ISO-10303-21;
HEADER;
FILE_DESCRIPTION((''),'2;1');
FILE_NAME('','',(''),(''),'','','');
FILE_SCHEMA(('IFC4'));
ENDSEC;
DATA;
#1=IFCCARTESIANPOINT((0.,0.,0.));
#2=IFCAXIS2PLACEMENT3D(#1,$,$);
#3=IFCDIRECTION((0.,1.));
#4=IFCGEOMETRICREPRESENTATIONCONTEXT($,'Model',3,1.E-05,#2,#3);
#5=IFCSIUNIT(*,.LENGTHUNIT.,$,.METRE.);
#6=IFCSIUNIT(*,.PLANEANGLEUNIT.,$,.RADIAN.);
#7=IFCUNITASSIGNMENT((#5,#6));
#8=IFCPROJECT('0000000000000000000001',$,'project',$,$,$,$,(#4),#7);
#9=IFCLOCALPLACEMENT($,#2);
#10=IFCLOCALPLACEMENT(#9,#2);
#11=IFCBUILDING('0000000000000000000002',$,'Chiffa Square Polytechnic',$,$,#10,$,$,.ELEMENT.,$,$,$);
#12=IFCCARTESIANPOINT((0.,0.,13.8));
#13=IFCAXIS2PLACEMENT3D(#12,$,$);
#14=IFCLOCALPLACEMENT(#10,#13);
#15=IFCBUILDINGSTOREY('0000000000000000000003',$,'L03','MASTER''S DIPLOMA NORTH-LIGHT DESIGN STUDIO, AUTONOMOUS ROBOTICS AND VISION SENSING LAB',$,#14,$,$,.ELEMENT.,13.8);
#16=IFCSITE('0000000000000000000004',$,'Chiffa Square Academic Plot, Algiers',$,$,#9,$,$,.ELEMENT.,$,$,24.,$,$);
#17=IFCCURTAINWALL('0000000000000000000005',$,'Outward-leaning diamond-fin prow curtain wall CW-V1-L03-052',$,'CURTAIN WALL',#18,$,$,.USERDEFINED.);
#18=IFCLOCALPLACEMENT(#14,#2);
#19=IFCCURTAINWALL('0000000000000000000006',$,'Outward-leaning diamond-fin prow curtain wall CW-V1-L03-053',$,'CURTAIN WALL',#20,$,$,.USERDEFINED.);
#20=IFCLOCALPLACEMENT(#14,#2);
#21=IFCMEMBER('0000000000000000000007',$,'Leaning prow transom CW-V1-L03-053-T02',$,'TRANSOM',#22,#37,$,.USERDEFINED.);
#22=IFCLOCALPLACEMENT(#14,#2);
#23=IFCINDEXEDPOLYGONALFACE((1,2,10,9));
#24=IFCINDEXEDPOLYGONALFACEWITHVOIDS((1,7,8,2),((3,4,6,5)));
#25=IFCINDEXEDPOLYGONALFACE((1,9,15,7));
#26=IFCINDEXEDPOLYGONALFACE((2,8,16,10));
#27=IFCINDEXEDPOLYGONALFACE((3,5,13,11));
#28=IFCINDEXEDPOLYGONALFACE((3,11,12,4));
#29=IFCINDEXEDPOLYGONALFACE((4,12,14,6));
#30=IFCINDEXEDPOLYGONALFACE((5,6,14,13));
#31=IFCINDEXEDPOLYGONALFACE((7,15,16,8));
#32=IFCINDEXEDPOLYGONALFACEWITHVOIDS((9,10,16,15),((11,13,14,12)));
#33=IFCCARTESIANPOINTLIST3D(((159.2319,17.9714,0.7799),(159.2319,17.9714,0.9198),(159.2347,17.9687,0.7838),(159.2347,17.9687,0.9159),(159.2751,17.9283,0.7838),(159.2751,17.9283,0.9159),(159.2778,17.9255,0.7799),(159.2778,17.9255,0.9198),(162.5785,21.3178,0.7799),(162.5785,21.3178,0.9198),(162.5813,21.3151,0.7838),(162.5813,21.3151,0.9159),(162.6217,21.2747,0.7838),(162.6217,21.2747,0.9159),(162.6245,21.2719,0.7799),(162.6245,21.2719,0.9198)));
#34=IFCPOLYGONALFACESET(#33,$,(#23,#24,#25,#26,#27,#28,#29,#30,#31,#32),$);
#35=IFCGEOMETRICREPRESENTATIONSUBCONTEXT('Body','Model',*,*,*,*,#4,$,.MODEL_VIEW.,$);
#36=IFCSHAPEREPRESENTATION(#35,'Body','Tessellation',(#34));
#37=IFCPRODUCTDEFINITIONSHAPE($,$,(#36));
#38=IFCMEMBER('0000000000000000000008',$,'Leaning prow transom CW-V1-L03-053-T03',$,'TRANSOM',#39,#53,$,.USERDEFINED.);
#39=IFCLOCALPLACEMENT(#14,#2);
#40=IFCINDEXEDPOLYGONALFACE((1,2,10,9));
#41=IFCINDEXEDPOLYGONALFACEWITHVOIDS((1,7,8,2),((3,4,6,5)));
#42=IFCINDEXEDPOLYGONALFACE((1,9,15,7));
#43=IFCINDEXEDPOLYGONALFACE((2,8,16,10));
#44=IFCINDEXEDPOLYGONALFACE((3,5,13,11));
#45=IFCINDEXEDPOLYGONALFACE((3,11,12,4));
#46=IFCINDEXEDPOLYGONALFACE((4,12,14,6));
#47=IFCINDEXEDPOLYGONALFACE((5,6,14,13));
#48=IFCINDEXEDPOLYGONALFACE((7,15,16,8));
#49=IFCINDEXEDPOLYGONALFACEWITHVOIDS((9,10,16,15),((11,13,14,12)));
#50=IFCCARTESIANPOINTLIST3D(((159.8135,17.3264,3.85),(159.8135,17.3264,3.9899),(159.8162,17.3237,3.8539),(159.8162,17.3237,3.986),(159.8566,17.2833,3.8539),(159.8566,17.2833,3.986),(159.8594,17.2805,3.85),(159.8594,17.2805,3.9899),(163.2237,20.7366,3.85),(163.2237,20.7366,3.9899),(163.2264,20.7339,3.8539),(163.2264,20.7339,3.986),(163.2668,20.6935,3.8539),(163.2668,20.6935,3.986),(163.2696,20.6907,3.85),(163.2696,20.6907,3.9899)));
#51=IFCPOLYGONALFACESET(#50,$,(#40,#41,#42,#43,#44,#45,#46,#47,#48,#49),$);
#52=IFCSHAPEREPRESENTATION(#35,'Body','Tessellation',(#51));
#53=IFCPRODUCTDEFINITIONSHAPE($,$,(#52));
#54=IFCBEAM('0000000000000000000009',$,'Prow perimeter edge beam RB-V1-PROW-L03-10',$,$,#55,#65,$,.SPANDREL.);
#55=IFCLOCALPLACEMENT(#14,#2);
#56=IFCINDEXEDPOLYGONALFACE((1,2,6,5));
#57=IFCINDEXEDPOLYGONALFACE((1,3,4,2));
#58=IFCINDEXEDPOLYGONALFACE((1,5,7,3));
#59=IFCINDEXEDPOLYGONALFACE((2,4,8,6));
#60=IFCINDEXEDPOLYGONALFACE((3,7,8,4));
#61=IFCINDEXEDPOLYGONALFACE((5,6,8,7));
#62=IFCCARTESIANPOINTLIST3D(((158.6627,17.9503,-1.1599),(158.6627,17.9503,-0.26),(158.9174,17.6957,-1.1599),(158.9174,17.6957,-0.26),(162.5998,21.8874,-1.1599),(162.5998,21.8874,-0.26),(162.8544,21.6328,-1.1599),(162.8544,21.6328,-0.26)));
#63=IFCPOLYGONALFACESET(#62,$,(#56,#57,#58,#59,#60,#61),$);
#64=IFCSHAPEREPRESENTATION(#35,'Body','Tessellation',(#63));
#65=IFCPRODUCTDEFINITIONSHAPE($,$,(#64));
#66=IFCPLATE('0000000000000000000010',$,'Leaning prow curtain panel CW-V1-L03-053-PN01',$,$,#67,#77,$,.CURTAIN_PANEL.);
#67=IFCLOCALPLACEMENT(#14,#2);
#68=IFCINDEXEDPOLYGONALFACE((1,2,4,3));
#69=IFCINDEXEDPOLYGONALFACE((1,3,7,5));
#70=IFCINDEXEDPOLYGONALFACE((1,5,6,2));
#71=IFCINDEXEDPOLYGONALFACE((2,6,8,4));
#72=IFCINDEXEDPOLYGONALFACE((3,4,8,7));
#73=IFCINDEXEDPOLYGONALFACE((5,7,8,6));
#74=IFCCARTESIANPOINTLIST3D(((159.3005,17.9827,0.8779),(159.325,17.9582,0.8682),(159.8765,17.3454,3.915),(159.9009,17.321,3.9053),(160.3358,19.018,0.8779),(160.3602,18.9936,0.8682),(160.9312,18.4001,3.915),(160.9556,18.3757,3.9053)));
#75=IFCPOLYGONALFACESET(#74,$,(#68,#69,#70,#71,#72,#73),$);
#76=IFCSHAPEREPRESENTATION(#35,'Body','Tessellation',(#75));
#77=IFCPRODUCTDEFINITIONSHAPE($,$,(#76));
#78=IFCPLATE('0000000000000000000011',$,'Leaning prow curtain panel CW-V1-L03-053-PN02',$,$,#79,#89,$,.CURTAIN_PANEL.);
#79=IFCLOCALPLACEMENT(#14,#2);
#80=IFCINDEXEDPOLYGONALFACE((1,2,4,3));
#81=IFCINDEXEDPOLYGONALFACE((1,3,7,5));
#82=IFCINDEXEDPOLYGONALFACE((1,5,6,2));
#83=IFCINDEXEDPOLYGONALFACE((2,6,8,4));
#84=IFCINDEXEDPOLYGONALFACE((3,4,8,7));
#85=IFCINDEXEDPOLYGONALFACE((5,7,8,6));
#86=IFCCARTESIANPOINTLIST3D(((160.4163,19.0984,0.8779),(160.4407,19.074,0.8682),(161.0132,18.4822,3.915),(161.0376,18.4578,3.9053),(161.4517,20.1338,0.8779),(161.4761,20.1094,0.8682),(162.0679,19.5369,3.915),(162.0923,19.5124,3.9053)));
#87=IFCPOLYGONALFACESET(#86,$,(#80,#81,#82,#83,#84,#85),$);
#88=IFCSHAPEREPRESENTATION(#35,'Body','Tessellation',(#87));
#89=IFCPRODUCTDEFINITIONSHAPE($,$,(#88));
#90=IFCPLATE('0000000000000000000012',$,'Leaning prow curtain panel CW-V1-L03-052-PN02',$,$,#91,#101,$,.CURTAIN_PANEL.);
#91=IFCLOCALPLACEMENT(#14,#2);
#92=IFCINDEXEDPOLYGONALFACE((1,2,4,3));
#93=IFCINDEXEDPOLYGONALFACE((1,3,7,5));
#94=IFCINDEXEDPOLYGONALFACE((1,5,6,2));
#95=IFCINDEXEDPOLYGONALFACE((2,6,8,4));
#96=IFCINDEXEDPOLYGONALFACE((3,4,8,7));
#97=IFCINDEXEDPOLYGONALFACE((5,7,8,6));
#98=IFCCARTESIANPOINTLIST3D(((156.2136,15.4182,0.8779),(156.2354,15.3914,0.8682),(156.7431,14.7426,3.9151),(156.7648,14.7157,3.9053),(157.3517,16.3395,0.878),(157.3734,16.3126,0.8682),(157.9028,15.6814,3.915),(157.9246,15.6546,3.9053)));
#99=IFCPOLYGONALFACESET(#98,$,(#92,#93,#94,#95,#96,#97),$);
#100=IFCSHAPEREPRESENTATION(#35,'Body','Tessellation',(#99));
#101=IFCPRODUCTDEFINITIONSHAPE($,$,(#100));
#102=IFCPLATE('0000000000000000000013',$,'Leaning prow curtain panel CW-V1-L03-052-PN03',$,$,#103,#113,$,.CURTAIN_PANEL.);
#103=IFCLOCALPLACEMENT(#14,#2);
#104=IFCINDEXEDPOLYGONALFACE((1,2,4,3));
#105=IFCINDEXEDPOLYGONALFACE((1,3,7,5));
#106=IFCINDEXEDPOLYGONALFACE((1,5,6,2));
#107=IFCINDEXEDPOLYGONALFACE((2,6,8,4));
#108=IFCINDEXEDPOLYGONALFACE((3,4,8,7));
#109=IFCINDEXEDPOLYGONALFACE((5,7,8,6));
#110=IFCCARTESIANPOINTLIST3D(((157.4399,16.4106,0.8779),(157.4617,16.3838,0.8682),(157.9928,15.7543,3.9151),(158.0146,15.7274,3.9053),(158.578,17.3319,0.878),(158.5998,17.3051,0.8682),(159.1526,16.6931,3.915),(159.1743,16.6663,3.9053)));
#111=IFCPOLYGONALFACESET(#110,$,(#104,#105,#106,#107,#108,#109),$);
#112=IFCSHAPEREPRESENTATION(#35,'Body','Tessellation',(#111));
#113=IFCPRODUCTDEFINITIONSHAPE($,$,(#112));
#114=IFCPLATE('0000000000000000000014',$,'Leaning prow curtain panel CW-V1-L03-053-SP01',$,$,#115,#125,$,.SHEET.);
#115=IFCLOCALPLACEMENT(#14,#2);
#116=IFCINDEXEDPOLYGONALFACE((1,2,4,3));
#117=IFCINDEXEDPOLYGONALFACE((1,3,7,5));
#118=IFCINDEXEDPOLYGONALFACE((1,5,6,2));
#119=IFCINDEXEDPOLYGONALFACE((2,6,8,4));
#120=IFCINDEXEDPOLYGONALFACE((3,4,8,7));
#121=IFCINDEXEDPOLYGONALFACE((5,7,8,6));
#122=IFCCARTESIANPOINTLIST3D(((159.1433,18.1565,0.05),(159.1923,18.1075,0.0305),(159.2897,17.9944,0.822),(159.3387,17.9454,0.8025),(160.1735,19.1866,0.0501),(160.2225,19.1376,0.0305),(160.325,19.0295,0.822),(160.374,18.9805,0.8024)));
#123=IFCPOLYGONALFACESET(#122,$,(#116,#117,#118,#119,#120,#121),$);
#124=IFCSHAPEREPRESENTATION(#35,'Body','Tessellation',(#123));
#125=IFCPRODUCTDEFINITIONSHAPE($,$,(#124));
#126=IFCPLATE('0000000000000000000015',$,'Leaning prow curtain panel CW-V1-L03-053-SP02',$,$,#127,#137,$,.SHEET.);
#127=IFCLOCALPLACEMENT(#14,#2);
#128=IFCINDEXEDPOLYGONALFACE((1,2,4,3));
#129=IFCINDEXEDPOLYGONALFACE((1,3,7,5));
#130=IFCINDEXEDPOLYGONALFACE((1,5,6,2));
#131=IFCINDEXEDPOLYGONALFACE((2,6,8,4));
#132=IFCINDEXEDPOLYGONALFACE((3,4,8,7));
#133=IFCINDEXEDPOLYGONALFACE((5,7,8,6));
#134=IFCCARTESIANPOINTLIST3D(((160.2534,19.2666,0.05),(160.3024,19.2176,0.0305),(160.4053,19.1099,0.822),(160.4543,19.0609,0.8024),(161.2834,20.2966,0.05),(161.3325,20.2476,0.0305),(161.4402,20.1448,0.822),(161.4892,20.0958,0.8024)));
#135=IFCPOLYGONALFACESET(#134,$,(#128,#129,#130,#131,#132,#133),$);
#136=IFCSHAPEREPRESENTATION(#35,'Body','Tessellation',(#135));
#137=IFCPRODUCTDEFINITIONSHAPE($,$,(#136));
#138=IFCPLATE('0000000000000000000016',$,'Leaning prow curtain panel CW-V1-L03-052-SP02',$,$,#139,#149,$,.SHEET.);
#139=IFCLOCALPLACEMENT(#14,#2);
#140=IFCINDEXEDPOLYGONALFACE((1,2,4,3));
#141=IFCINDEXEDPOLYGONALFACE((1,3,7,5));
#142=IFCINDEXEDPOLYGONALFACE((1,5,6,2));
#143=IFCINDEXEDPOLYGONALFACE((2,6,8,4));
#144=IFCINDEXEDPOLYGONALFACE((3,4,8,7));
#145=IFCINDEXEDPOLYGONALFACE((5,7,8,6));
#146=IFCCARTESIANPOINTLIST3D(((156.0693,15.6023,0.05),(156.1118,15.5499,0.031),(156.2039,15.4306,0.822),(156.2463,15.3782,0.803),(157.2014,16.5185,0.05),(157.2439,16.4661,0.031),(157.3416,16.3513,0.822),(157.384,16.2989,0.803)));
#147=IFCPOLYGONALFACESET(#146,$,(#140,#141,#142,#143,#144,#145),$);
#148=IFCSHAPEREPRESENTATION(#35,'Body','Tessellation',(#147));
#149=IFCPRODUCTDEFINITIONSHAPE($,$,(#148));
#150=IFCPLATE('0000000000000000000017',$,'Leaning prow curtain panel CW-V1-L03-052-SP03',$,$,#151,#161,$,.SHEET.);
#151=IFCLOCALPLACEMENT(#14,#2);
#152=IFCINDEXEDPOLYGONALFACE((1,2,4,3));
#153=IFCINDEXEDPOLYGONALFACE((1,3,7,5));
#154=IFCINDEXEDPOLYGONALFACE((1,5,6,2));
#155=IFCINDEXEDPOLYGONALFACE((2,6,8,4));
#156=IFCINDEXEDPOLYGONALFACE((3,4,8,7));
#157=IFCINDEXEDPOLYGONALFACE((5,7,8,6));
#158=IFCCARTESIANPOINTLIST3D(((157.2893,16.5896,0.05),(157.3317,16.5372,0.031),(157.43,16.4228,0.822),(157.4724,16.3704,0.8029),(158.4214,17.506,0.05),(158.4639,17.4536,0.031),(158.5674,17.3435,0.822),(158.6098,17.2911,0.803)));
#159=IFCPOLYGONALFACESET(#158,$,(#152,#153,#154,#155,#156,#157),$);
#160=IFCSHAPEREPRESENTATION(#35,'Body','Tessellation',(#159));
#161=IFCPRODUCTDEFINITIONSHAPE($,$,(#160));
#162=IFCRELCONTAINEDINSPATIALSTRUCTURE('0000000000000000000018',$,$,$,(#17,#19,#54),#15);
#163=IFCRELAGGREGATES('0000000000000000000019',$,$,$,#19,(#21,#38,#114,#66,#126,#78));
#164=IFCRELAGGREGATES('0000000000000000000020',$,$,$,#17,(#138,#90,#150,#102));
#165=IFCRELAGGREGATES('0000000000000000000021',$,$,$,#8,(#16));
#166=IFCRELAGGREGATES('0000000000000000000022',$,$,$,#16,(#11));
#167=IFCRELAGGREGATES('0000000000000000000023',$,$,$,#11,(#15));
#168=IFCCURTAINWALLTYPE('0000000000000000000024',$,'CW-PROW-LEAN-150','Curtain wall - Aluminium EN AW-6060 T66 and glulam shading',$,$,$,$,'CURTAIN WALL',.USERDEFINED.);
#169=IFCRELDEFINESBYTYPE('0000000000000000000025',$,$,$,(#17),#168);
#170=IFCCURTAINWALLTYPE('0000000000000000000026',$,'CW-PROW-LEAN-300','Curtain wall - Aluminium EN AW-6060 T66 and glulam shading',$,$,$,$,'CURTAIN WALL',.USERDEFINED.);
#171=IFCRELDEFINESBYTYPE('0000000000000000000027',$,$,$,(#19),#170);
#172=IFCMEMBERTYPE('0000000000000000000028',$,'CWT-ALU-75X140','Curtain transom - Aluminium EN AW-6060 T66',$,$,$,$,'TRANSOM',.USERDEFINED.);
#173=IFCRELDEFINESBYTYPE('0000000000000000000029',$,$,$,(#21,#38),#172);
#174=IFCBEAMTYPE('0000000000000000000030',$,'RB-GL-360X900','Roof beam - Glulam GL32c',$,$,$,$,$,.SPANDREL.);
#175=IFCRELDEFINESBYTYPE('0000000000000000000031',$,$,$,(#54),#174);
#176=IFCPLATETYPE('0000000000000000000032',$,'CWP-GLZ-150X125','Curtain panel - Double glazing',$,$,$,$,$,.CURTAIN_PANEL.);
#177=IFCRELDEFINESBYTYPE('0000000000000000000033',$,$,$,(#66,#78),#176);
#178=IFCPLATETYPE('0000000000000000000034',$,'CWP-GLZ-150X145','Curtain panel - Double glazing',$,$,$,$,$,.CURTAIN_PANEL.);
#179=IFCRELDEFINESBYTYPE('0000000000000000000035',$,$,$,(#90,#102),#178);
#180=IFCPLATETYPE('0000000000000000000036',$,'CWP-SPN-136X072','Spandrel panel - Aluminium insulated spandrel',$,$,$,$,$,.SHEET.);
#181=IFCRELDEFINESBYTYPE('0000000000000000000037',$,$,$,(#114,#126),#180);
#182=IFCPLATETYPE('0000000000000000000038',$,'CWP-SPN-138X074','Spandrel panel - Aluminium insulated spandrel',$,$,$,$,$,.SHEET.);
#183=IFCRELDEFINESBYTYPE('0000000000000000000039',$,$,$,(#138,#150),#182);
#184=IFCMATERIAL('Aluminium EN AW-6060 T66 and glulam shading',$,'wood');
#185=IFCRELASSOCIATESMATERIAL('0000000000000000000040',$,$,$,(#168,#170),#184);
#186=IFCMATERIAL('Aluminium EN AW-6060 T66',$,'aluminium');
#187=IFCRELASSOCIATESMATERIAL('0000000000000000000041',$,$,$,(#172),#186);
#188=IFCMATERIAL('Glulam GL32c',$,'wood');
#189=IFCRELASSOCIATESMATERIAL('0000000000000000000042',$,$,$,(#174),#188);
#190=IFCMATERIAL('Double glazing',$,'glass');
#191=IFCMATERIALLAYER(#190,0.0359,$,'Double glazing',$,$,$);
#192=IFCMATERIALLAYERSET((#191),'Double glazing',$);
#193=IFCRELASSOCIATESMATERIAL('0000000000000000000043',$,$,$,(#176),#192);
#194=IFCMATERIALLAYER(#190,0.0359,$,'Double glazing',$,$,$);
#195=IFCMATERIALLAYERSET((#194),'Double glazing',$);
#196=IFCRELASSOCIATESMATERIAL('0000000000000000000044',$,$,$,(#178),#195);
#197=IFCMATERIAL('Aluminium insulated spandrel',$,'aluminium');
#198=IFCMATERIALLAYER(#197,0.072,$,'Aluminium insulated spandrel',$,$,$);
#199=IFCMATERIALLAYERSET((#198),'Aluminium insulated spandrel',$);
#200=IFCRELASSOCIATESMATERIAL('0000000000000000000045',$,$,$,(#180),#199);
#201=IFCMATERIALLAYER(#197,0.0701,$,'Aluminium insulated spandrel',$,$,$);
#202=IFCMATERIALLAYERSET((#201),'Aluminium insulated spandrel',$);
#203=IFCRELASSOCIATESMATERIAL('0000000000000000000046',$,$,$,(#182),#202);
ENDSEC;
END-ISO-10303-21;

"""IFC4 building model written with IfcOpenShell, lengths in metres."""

from ifc_helpers import new_model, si_unit, direction, frame, origin, origin_2d, place, context, subcontext, project, spatial, polyline, rectangle, hollow_rectangle, outline, extrude, material, layer, layer_set, material_profile, profile_set, type_object, element, aggregate, save


model = new_model("IFC4")

# Units and contexts
model_context = context("Model", 3, precision=1e-05, world=origin(), true_north=direction((0.0, 1.0)))
body_context = subcontext(model_context, "Body", "Model", "MODEL_VIEW")
ifc_project = project(units=[si_unit("LENGTHUNIT", "METRE"), si_unit("PLANEANGLEUNIT", "RADIAN")], contexts=[model_context])

# Site, building, storey
site_placement = place(None, origin())
site = spatial("IfcSite", under=ifc_project, at=site_placement, Name="Chiffa Square Academic Plot, Algiers", CompositionType="ELEMENT", RefElevation=24.0)
building_placement = place(site_placement, origin())
building = spatial("IfcBuilding", under=site, at=building_placement, Name="Chiffa Square Polytechnic", CompositionType="ELEMENT")
storey_placement = place(building_placement, frame((0.0, 0.0, 13.8)))
storey = spatial("IfcBuildingStorey", under=building, at=storey_placement, Name="L03", Description="MASTER'S DIPLOMA NORTH-LIGHT DESIGN STUDIO, AUTONOMOUS ROBOTICS AND VISION SENSING LAB", CompositionType="ELEMENT", Elevation=13.8)

# Shared definitions
ifc_material_1 = material(Name="Glulam GL32c", Category="wood")

# Curtain walls
ifc_material_2 = material(Name="Aluminium EN AW-6060 T66 and glulam shading", Category="wood")
curtain_wall_type_1 = type_object("IfcCurtainWallType", Name="CW-PROW-LEAN-150", Description="Curtain wall - Aluminium EN AW-6060 T66 and glulam shading", ElementType="CURTAIN WALL", PredefinedType="USERDEFINED", material=ifc_material_2)
curtain_wall_1_placement = place(storey_placement, origin())
curtain_wall_1 = element("IfcCurtainWall", 1, at=curtain_wall_1_placement, inside=storey, type_object=curtain_wall_type_1, Name="Outward-leaning diamond-fin prow curtain wall CW-V1-L03-052", ObjectType="CURTAIN WALL", PredefinedType="USERDEFINED")
ifc_material_3 = material(Name="Aluminium EN AW-6060 T66", Category="aluminium")
curtain_wall_type_2 = type_object("IfcCurtainWallType", Name="CW-PROW-LEAN-300", Description="Curtain wall - Aluminium EN AW-6060 T66 and glulam shading", ElementType="CURTAIN WALL", PredefinedType="USERDEFINED", material=ifc_material_2)
curtain_wall_2_placement = place(storey_placement, origin())
curtain_wall_2 = element("IfcCurtainWall", 2, at=curtain_wall_2_placement, inside=storey, type_object=curtain_wall_type_2, Name="Outward-leaning diamond-fin prow curtain wall CW-V1-L03-053", ObjectType="CURTAIN WALL", PredefinedType="USERDEFINED")

# Members
ifc_material_profile_1 = material_profile(ifc_material_3, hollow_rectangle(XDim=0.0649, YDim=0.1399, WallThickness=0.0039, at=origin_2d()), Name="ALU 65x140x4")
ifc_profile_set_1 = profile_set([ifc_material_profile_1], Name="Aluminium EN AW-6060 T66")
member_type_1 = type_object("IfcMemberType", Name="CWT-ALU-75X140", Description="Curtain transom - Aluminium EN AW-6060 T66", ElementType="TRANSOM", PredefinedType="USERDEFINED", material=ifc_profile_set_1)
member_1_placement = place(storey_placement, frame((159.2549, 17.9485, 0.8499), z_axis=(0.707133, 0.707081, 0.0), x_axis=(-0.707081, 0.707133, 0.0)))
member_1 = element("IfcMember", 3, at=member_1_placement, type_object=member_type_1, Name="Leaning prow transom CW-V1-L03-053-T02", ObjectType="TRANSOM", PredefinedType="USERDEFINED", context=body_context, shape_type="SweptSolid", body=[
    extrude(hollow_rectangle(XDim=0.0649, YDim=0.1399, WallThickness=0.0039, at=origin_2d()), origin(), (0.0, 0.0, 1.0), 4.7327),
])
member_2_placement = place(storey_placement, frame((159.8364, 17.3035, 3.9199), z_axis=(0.707107, 0.707107, 0.0), x_axis=(-0.707107, 0.707107, 0.0)))
member_2 = element("IfcMember", 4, at=member_2_placement, type_object=member_type_1, Name="Leaning prow transom CW-V1-L03-053-T03", ObjectType="TRANSOM", PredefinedType="USERDEFINED", context=body_context, shape_type="SweptSolid", body=[
    extrude(hollow_rectangle(XDim=0.0649, YDim=0.1399, WallThickness=0.0039, at=origin_2d()), origin(), (0.0, 0.0, 1.0), 4.8228),
])

# Beam
ifc_material_profile_2 = material_profile(ifc_material_1, rectangle(XDim=0.3601, YDim=0.8999, at=origin_2d()), Name="GL32c 360x900")
ifc_profile_set_2 = profile_set([ifc_material_profile_2], Name="Glulam GL32c")
beam_type = type_object("IfcBeamType", Name="RB-GL-360X900", Description="Roof beam - Glulam GL32c", PredefinedType="SPANDREL", material=ifc_profile_set_2)
beam_placement = place(storey_placement, frame((158.79, 17.823, -0.71), z_axis=(0.707107, 0.707107, 0.0), x_axis=(-0.707107, 0.707107, 0.0)))
element("IfcBeam", 5, at=beam_placement, inside=storey, type_object=beam_type, Name="Prow perimeter edge beam RB-V1-PROW-L03-10", PredefinedType="SPANDREL", context=body_context, shape_type="SweptSolid", body=[
    extrude(rectangle(XDim=0.3601, YDim=0.8999, at=origin_2d()), origin(), (0.0, 0.0, 1.0), 5.5679),
])

# Plates
ifc_material_4 = material(Name="Double glazing", Category="glass")
ifc_layer_1 = layer(ifc_material_4, 0.0359, Name="Double glazing")
ifc_layer_set_1 = layer_set([ifc_layer_1], Name="Double glazing")
plate_type_1 = type_object("IfcPlateType", Name="CWP-GLZ-150X125", Description="Curtain panel - Double glazing", PredefinedType="CURTAIN_PANEL", material=ifc_layer_set_1)
plate_1_placement = place(storey_placement, frame((159.3005, 17.9827, 0.8779), z_axis=(-0.680519, 0.68044, 0.271836), x_axis=(0.707062, 0.707151, -0.000016)))
plate_1 = element("IfcPlate", 6, at=plate_1_placement, type_object=plate_type_1, Name="Leaning prow curtain panel CW-V1-L03-053-PN01", PredefinedType="CURTAIN_PANEL", context=body_context, shape_type="SweptSolid", body=[
    extrude(outline(polyline([(0.0, 0.0), (1.4641, 0.0), (1.4481, -3.156), (-0.0434, -3.1559), (0.0, 0.0)])), origin(), (0.0, 0.0, -1.0), 0.0359),
])
plate_2_placement = place(storey_placement, frame((160.4163, 19.0984, 0.8779), z_axis=(-0.680485, 0.680485, 0.271811), x_axis=(0.707107, 0.707107, 0.0)))
plate_2 = element("IfcPlate", 7, at=plate_2_placement, type_object=plate_type_1, Name="Leaning prow curtain panel CW-V1-L03-053-PN02", PredefinedType="CURTAIN_PANEL", context=body_context, shape_type="SweptSolid", body=[
    extrude(outline(polyline([(0.0, 0.0), (1.4643, 0.0), (1.4779, -3.1559), (-0.0136, -3.1559), (0.0, 0.0)])), origin(), (0.0, 0.0, -1.0), 0.0359),
])
ifc_layer_2 = layer(ifc_material_4, 0.0359, Name="Double glazing")
ifc_layer_set_2 = layer_set([ifc_layer_2], Name="Double glazing")
plate_type_2 = type_object("IfcPlateType", Name="CWP-GLZ-150X145", Description="Curtain panel - Double glazing", PredefinedType="CURTAIN_PANEL", material=ifc_layer_set_2)
plate_3_placement = place(storey_placement, frame((156.2136, 15.4182, 0.8779), z_axis=(-0.605474, 0.747962, 0.271943), x_axis=(0.77726, 0.62918, 0.00003)))
plate_3 = element("IfcPlate", 8, at=plate_3_placement, type_object=plate_type_2, Name="Leaning prow curtain panel CW-V1-L03-052-PN02", PredefinedType="CURTAIN_PANEL", context=body_context, shape_type="SweptSolid", body=[
    extrude(outline(polyline([(0.0, 0.0), (1.4642, 0.0), (1.4786, -3.156), (-0.0135, -3.1561), (0.0, 0.0)])), origin(), (0.0, 0.0, -1.0), 0.0359),
])
plate_4_placement = place(storey_placement, frame((157.4399, 16.4106, 0.8779), z_axis=(-0.605487, 0.747978, 0.271872), x_axis=(0.77726, 0.62918, 0.00003)))
plate_4 = element("IfcPlate", 9, at=plate_4_placement, type_object=plate_type_2, Name="Leaning prow curtain panel CW-V1-L03-052-PN03", PredefinedType="CURTAIN_PANEL", context=body_context, shape_type="SweptSolid", body=[
    extrude(outline(polyline([(0.0, 0.0), (1.4642, 0.0), (1.509, -3.1559), (0.0168, -3.156), (0.0, 0.0)])), origin(), (0.0, 0.0, -1.0), 0.0359),
])
ifc_material_5 = material(Name="Aluminium insulated spandrel", Category="aluminium")
ifc_layer_3 = layer(ifc_material_5, 0.072, Name="Aluminium insulated spandrel")
ifc_layer_set_3 = layer_set([ifc_layer_3], Name="Aluminium insulated spandrel")
plate_type_3 = type_object("IfcPlateType", Name="CWP-SPN-136X072", Description="Spandrel panel - Aluminium insulated spandrel", PredefinedType="SHEET", material=ifc_layer_set_3)
plate_5_placement = place(storey_placement, frame((159.1433, 18.1565, 0.05), z_axis=(-0.680425, 0.680506, 0.271907), x_axis=(0.707152, 0.707062, 0.000016)))
plate_5 = element("IfcPlate", 10, at=plate_5_placement, type_object=plate_type_3, Name="Leaning prow curtain panel CW-V1-L03-053-SP01", PredefinedType="SHEET", context=body_context, shape_type="SweptSolid", body=[
    extrude(outline(polyline([(0.0, 0.0), (1.4569, 0.0), (1.4529, -0.8022), (-0.011, -0.8022), (0.0, 0.0)])), origin(), (0.0, 0.0, -1.0), 0.072),
])
plate_6_placement = place(storey_placement, frame((160.2534, 19.2666, 0.05), z_axis=(-0.680446, 0.680446, 0.272006), x_axis=(0.707107, 0.707107, 0.0)))
plate_6 = element("IfcPlate", 11, at=plate_6_placement, type_object=plate_type_3, Name="Leaning prow curtain panel CW-V1-L03-053-SP02", PredefinedType="SHEET", context=body_context, shape_type="SweptSolid", body=[
    extrude(outline(polyline([(0.0, 0.0), (1.4567, 0.0), (1.4601, -0.8022), (-0.0035, -0.8022), (0.0, 0.0)])), origin(), (0.0, 0.0, -1.0), 0.072),
])
aggregate(curtain_wall_2, [member_1, member_2, plate_5, plate_1, plate_6, plate_2])
ifc_layer_4 = layer(ifc_material_5, 0.0701, Name="Aluminium insulated spandrel")
ifc_layer_set_4 = layer_set([ifc_layer_4], Name="Aluminium insulated spandrel")
plate_type_4 = type_object("IfcPlateType", Name="CWP-SPN-138X074", Description="Spandrel panel - Aluminium insulated spandrel", PredefinedType="SHEET", material=ifc_layer_set_4)
plate_7_placement = place(storey_placement, frame((156.0693, 15.6023, 0.05), z_axis=(-0.605393, 0.748051, 0.271879), x_axis=(0.777331, 0.629092, -0.00001)))
plate_7 = element("IfcPlate", 12, at=plate_7_placement, type_object=plate_type_4, Name="Leaning prow curtain panel CW-V1-L03-052-SP02", PredefinedType="SHEET", context=body_context, shape_type="SweptSolid", body=[
    extrude(outline(polyline([(0.0, 0.0), (1.4564, 0.0), (1.4601, -0.8022), (-0.0034, -0.8022), (0.0, 0.0)])), origin(), (0.0, 0.0, -1.0), 0.0701),
])
plate_8_placement = place(storey_placement, frame((157.2893, 16.5896, 0.05), z_axis=(-0.605468, 0.747964, 0.271952), x_axis=(0.777256, 0.629184, -0.000014)))
plate_8 = element("IfcPlate", 13, at=plate_8_placement, type_object=plate_type_4, Name="Leaning prow curtain panel CW-V1-L03-052-SP03", PredefinedType="SHEET", context=body_context, shape_type="SweptSolid", body=[
    extrude(outline(polyline([(0.0, 0.0), (1.4566, 0.0), (1.4677, -0.8022), (0.0044, -0.8022), (0.0, 0.0)])), origin(), (0.0, 0.0, -1.0), 0.0701),
])
aggregate(curtain_wall_1, [plate_7, plate_3, plate_8, plate_4])

save(model, "model.ifc")
